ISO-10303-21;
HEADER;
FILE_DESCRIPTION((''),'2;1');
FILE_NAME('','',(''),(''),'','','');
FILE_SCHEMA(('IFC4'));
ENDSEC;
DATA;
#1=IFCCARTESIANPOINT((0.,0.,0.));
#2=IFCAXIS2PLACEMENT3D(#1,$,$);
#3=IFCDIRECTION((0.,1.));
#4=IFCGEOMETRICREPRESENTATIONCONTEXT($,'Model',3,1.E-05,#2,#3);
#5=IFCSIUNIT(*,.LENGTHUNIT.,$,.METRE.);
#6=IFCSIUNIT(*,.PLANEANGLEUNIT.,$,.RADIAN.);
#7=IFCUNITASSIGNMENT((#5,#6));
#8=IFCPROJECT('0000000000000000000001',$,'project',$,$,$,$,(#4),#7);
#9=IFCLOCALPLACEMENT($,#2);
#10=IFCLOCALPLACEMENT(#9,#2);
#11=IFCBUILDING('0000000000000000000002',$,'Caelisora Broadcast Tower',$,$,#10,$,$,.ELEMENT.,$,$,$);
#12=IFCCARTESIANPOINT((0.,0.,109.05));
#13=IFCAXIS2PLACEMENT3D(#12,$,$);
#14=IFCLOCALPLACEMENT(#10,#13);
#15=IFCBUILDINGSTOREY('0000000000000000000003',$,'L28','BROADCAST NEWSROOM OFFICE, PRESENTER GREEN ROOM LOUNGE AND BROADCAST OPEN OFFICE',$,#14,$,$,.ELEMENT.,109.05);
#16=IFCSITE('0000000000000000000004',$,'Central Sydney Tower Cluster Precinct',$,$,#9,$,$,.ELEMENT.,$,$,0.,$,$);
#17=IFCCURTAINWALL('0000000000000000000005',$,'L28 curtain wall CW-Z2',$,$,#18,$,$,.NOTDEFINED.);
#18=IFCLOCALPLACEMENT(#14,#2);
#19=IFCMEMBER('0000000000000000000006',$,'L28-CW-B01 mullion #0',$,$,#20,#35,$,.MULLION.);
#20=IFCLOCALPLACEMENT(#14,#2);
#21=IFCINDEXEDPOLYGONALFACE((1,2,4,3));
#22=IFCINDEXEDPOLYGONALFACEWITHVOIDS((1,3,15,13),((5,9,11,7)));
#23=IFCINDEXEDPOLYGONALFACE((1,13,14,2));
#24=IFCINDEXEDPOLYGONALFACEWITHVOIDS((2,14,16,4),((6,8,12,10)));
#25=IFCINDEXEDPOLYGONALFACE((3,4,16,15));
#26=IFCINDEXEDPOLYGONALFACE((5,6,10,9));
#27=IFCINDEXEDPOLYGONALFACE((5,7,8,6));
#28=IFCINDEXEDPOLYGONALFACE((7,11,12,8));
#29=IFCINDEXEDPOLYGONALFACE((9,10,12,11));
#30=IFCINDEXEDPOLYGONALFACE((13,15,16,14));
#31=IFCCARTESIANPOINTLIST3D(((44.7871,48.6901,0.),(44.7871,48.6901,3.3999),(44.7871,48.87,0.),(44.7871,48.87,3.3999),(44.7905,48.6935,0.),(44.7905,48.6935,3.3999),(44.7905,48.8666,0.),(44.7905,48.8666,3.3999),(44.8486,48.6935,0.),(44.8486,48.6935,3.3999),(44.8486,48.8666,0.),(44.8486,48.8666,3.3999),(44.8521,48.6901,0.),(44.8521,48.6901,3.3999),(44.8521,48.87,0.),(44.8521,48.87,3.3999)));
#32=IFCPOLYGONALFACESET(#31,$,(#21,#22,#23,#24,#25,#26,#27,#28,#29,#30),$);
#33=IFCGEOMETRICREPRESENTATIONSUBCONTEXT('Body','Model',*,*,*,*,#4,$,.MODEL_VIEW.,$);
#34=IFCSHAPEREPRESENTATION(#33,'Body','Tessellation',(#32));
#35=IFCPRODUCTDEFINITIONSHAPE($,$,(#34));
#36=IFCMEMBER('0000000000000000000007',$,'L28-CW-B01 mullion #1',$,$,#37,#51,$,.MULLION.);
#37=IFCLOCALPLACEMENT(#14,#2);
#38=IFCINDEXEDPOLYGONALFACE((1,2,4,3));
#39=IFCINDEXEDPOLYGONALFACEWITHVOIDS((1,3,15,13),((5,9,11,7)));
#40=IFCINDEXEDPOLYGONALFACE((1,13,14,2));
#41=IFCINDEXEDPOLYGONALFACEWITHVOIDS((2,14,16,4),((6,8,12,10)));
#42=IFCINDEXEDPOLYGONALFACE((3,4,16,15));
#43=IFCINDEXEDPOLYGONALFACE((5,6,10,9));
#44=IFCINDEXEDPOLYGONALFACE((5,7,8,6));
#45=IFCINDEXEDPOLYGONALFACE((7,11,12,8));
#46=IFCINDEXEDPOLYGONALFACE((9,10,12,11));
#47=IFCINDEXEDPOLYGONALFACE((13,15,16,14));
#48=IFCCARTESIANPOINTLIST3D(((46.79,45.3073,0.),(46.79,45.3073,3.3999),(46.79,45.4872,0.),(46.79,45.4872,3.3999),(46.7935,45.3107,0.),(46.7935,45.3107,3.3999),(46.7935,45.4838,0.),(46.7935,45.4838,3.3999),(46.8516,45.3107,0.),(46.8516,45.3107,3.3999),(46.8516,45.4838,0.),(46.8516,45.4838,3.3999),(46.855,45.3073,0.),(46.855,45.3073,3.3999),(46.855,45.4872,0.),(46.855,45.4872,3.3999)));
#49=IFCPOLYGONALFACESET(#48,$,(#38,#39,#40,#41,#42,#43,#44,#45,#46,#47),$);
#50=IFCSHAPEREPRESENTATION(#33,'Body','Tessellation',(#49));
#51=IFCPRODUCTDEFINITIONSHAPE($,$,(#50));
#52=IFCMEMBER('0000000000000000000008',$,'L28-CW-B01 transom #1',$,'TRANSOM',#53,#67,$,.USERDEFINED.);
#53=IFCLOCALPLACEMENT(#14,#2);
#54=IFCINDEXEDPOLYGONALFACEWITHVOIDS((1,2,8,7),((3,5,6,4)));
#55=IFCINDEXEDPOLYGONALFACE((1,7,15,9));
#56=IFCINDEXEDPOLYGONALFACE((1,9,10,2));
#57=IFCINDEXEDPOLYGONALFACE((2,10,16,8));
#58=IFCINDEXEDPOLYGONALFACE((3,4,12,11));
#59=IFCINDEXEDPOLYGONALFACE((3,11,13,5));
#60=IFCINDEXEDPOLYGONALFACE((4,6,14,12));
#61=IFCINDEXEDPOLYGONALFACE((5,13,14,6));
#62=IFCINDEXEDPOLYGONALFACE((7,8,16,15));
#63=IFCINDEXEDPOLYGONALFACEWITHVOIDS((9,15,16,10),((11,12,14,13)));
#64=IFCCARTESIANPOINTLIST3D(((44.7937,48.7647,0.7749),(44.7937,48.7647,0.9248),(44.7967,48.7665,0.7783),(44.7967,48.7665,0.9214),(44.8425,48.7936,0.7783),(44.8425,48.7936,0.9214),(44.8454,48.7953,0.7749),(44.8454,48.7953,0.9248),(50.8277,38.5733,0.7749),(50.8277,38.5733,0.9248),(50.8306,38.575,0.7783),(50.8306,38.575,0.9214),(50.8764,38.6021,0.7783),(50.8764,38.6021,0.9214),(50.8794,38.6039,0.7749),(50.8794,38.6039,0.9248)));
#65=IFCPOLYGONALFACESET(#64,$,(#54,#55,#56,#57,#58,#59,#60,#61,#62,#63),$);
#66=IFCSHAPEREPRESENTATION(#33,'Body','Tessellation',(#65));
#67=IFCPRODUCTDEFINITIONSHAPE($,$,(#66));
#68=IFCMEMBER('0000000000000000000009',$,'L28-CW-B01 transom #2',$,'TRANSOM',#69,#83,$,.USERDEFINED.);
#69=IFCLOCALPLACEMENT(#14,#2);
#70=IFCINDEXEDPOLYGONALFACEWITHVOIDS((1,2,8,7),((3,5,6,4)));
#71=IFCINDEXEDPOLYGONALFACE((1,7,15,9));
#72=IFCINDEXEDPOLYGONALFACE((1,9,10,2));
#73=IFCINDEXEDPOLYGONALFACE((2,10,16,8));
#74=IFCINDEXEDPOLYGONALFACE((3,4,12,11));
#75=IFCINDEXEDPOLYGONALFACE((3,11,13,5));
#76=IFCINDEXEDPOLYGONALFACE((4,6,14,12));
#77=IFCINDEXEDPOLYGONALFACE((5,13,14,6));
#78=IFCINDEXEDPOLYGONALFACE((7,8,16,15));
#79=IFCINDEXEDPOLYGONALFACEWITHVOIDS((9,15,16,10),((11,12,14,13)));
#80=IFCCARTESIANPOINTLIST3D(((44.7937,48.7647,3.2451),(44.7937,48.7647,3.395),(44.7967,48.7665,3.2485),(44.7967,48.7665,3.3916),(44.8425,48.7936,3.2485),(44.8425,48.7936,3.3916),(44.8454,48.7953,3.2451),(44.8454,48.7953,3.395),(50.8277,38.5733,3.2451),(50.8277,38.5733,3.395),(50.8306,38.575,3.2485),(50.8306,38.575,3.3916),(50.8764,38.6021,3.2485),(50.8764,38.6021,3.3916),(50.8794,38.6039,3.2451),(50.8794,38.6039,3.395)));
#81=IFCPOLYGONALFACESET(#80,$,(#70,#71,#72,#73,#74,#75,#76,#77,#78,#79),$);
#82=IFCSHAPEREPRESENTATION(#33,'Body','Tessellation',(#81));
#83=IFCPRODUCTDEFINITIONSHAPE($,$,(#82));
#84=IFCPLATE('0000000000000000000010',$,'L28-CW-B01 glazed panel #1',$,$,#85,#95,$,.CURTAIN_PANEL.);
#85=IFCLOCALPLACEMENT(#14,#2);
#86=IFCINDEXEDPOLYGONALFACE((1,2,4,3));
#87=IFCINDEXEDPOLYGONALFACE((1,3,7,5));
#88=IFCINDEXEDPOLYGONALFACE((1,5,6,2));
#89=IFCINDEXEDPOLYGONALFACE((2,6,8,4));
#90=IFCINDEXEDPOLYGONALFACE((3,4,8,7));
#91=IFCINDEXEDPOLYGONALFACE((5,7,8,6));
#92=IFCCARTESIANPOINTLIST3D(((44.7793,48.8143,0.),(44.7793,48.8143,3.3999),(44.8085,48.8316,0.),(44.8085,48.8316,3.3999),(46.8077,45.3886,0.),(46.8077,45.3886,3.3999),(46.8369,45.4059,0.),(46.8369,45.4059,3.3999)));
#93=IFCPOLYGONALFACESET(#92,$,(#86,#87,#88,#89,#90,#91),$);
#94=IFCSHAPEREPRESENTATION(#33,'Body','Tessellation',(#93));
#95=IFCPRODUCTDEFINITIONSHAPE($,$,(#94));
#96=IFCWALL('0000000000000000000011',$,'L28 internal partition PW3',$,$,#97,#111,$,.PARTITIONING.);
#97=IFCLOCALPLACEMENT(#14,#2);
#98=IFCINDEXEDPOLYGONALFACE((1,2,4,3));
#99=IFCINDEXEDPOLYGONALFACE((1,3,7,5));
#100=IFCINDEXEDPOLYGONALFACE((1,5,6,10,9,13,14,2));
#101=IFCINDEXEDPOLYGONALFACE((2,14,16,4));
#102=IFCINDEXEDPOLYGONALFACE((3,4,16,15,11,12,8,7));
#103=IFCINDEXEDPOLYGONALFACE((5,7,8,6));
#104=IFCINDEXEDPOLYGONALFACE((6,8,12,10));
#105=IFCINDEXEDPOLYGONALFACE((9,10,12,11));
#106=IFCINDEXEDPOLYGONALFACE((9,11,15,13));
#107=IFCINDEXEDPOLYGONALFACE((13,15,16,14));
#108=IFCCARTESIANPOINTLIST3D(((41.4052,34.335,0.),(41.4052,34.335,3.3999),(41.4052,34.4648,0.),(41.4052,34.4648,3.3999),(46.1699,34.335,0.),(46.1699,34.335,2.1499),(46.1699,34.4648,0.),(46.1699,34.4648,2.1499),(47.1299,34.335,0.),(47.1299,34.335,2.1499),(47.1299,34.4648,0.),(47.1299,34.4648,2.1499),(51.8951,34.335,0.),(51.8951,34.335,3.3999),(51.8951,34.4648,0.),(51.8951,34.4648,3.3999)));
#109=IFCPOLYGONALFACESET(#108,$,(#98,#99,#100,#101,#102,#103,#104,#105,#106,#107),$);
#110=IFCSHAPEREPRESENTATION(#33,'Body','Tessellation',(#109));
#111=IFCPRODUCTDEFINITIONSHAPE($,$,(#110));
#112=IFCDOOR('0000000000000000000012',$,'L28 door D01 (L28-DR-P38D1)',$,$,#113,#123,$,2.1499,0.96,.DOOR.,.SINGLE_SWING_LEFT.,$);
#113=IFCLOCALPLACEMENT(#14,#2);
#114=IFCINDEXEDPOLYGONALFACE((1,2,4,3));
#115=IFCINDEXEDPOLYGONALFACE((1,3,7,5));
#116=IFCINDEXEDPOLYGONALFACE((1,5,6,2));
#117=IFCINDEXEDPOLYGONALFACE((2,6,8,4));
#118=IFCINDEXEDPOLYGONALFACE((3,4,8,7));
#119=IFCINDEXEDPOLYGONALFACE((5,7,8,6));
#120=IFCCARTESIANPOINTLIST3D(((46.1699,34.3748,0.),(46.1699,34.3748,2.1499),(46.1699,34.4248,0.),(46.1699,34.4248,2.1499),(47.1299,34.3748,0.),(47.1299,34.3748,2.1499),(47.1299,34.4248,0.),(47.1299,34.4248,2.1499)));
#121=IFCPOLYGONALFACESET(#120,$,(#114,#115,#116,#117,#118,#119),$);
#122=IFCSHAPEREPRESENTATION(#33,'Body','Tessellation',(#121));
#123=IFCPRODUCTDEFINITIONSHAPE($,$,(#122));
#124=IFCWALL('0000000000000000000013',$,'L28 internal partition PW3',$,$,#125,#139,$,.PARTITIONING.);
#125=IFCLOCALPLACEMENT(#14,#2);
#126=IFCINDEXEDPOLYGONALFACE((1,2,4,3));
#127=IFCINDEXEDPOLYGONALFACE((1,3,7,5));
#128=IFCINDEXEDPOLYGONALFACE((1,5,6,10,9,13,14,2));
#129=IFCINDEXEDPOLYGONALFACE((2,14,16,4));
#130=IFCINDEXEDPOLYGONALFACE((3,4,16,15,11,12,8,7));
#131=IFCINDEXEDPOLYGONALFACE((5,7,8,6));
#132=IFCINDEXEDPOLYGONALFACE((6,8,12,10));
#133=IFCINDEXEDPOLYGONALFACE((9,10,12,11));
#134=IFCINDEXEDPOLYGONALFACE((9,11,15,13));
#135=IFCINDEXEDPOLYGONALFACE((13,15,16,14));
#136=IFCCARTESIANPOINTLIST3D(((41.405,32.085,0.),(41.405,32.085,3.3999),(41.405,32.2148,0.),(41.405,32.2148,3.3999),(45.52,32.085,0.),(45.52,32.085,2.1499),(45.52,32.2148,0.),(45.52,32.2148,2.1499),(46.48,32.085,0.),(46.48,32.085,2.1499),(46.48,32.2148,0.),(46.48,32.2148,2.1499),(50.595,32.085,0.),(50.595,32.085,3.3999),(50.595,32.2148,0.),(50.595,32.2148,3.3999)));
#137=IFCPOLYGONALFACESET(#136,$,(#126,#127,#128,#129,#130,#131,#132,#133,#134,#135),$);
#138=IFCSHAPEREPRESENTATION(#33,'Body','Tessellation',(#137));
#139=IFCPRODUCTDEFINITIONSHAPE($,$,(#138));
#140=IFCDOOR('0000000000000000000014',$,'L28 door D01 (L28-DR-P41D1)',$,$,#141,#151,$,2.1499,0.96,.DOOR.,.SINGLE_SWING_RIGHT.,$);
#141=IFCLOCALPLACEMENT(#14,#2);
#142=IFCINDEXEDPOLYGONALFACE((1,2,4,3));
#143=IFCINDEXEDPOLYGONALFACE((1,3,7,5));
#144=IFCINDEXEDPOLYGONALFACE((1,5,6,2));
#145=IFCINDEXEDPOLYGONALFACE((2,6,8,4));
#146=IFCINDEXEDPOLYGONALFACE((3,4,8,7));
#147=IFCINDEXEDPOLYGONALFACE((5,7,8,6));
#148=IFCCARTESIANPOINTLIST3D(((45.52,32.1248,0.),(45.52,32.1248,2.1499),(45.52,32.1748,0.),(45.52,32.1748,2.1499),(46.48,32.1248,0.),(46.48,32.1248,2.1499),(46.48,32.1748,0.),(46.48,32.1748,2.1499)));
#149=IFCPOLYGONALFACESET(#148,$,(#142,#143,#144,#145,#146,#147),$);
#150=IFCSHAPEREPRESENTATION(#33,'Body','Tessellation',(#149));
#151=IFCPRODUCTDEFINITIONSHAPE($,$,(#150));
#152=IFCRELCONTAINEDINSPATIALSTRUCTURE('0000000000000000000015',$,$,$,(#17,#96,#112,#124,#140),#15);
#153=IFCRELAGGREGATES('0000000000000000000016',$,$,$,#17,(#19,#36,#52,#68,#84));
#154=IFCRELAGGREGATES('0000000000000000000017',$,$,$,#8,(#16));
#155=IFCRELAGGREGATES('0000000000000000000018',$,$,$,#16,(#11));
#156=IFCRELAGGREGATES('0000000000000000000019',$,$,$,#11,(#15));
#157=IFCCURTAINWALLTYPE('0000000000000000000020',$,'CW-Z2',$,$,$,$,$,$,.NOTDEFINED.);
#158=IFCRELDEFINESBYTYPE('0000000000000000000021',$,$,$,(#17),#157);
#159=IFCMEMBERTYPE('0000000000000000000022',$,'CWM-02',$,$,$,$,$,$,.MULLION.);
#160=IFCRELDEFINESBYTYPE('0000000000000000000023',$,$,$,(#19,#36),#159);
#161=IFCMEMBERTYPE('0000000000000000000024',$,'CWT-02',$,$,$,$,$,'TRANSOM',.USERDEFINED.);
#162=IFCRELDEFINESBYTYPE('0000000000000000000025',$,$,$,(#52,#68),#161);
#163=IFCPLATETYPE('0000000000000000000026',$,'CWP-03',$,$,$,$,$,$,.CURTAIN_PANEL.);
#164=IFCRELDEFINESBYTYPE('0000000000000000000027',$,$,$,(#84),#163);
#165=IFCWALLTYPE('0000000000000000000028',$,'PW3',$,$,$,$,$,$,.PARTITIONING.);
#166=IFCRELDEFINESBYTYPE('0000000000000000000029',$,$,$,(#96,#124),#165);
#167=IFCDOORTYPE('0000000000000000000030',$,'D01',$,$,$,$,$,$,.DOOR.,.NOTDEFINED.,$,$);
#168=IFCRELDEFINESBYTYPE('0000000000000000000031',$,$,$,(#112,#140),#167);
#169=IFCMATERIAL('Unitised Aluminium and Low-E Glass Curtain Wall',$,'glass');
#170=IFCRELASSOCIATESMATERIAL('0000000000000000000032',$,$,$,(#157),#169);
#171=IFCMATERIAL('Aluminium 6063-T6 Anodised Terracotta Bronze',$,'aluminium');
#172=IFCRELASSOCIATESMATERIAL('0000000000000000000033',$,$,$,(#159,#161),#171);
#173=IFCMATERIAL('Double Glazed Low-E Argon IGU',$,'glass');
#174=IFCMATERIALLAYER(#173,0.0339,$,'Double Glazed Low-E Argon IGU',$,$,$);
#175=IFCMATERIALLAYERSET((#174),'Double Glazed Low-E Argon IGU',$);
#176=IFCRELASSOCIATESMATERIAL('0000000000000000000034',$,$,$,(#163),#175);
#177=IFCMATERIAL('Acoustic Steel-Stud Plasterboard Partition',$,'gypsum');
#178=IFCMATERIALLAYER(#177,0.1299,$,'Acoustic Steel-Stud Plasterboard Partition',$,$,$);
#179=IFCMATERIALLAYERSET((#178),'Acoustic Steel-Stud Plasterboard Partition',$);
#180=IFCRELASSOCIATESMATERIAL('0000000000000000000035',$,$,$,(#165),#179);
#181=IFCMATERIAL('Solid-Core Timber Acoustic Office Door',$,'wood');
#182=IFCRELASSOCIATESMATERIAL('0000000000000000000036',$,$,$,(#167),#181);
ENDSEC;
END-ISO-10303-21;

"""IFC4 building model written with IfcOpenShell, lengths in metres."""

from ifc_helpers import new_model, si_unit, direction, frame, frame_2d, origin, origin_2d, place, context, subcontext, project, spatial, rectangle, hollow_rectangle, extrude, source, transform, mapped, material, layer, layer_set, material_profile, profile_set, type_object, type_shapes, element, fill, aggregate, save


model = new_model("IFC4")

# Units and contexts
model_context = context("Model", 3, precision=1e-05, world=origin(), true_north=direction((0.0, 1.0)))
body_context = subcontext(model_context, "Body", "Model", "MODEL_VIEW")
ifc_project = project(units=[si_unit("LENGTHUNIT", "METRE"), si_unit("PLANEANGLEUNIT", "RADIAN")], contexts=[model_context])

# Site, building, storey
site_placement = place(None, origin())
site = spatial("IfcSite", under=ifc_project, at=site_placement, Name="Central Sydney Tower Cluster Precinct", CompositionType="ELEMENT", RefElevation=0.0)
building_placement = place(site_placement, origin())
building = spatial("IfcBuilding", under=site, at=building_placement, Name="Caelisora Broadcast Tower", CompositionType="ELEMENT")
storey_placement = place(building_placement, frame((0.0, 0.0, 109.05)))
storey = spatial("IfcBuildingStorey", under=building, at=storey_placement, Name="L28", Description="BROADCAST NEWSROOM OFFICE, PRESENTER GREEN ROOM LOUNGE AND BROADCAST OPEN OFFICE", CompositionType="ELEMENT", Elevation=109.05)

# Curtain wall, members, plate
ifc_material_1 = material(Name="Unitised Aluminium and Low-E Glass Curtain Wall", Category="glass")
curtain_wall_type = type_object("IfcCurtainWallType", Name="CW-Z2", PredefinedType="NOTDEFINED", material=ifc_material_1)
curtain_wall_placement = place(storey_placement, origin())
curtain_wall = element("IfcCurtainWall", 1, at=curtain_wall_placement, inside=storey, type_object=curtain_wall_type, Name="L28 curtain wall CW-Z2", PredefinedType="NOTDEFINED")
ifc_material_2 = material(Name="Aluminium 6063-T6 Anodised Terracotta Bronze", Category="aluminium")
ifc_material_profile_1 = material_profile(ifc_material_2, hollow_rectangle(XDim=0.0649, YDim=0.1799, WallThickness=0.0034, at=origin_2d()), Name="Aluminium 6063-T6 Anodised Terracotta Bronze")
ifc_profile_set_1 = profile_set([ifc_material_profile_1], Name="Aluminium 6063-T6 Anodised Terracotta Bronze")
member_type_1 = type_object("IfcMemberType", Name="CWM-02", PredefinedType="MULLION", material=ifc_profile_set_1)
shared_shape_1 = source(origin(), body_context, "Body", "SweptSolid", [
    extrude(hollow_rectangle(XDim=0.0649, YDim=0.1799, WallThickness=0.0034, at=origin_2d()), origin(), (0.0, 0.0, 1.0), 3.3999),
])
type_shapes(member_type_1, [shared_shape_1])
member_1_placement = place(storey_placement, frame((44.8196, 48.78, 0.0), z_axis=(0.0, 0.0, 1.0), x_axis=(1.0, 0.0, 0.0)))
member_1 = element("IfcMember", 2, at=member_1_placement, type_object=member_type_1, Name="L28-CW-B01 mullion #0", PredefinedType="MULLION", context=body_context, shape_type="MappedRepresentation", body=[
    mapped(shared_shape_1, transform((0.0, 0.0, 0.0), scale=1.0)),
])
member_2_placement = place(storey_placement, frame((46.8225, 45.3972, 0.0), z_axis=(0.0, 0.0, 1.0), x_axis=(1.0, 0.0, 0.0)))
member_2 = element("IfcMember", 3, at=member_2_placement, type_object=member_type_1, Name="L28-CW-B01 mullion #1", PredefinedType="MULLION", context=body_context, shape_type="MappedRepresentation", body=[
    mapped(shared_shape_1, transform((0.0, 0.0, 0.0), scale=1.0)),
])
ifc_material_profile_2 = material_profile(ifc_material_2, hollow_rectangle(XDim=0.0601, YDim=0.1499, WallThickness=0.0034, at=origin_2d()), Name="Aluminium 6063-T6 Anodised Terracotta Bronze")
ifc_profile_set_2 = profile_set([ifc_material_profile_2], Name="Aluminium 6063-T6 Anodised Terracotta Bronze")
member_type_2 = type_object("IfcMemberType", Name="CWT-02", ElementType="TRANSOM", PredefinedType="USERDEFINED", material=ifc_profile_set_2)
shared_shape_2 = source(origin(), body_context, "Body", "SweptSolid", [
    extrude(hollow_rectangle(XDim=0.0601, YDim=0.1499, WallThickness=0.0034, at=origin_2d()), origin(), (0.0, 0.0, 1.0), 11.8438),
])
type_shapes(member_type_2, [shared_shape_2])
member_3_placement = place(storey_placement, frame((44.8196, 48.78, 0.8499), z_axis=(0.509464, -0.860492, 0.0), x_axis=(0.860492, 0.509464, 0.0)))
member_3 = element("IfcMember", 4, at=member_3_placement, type_object=member_type_2, Name="L28-CW-B01 transom #1", ObjectType="TRANSOM", PredefinedType="USERDEFINED", context=body_context, shape_type="MappedRepresentation", body=[
    mapped(shared_shape_2, transform((0.0, 0.0, 0.0), scale=1.0)),
])
member_4_placement = place(storey_placement, frame((44.8196, 48.78, 3.3201), z_axis=(0.509464, -0.860492, 0.0), x_axis=(0.860492, 0.509464, 0.0)))
member_4 = element("IfcMember", 5, at=member_4_placement, type_object=member_type_2, Name="L28-CW-B01 transom #2", ObjectType="TRANSOM", PredefinedType="USERDEFINED", context=body_context, shape_type="MappedRepresentation", body=[
    mapped(shared_shape_2, transform((0.0, 0.0, 0.0), scale=1.0)),
])
ifc_material_3 = material(Name="Double Glazed Low-E Argon IGU", Category="glass")
ifc_layer_1 = layer(ifc_material_3, 0.0339, Name="Double Glazed Low-E Argon IGU")
ifc_layer_set_1 = layer_set([ifc_layer_1], Name="Double Glazed Low-E Argon IGU")
plate_type = type_object("IfcPlateType", Name="CWP-03", PredefinedType="CURTAIN_PANEL", material=ifc_layer_set_1)
shared_shape_3 = source(origin(), body_context, "Body", "SweptSolid", [
    extrude(rectangle(XDim=3.9812, YDim=0.0339, at=origin_2d()), origin(), (0.0, 0.0, 1.0), 3.3999),
])
type_shapes(plate_type, [shared_shape_3])
plate_placement = place(storey_placement, frame((45.8081, 47.1101, 0.0), z_axis=(0.0, 0.0, 1.0), x_axis=(0.509492, -0.860475, 0.0)))
plate = element("IfcPlate", 6, at=plate_placement, type_object=plate_type, Name="L28-CW-B01 glazed panel #1", PredefinedType="CURTAIN_PANEL", context=body_context, shape_type="MappedRepresentation", body=[
    mapped(shared_shape_3, transform((0.0, 0.0, 0.0), scale=1.0)),
])
aggregate(curtain_wall, [member_1, member_2, member_3, member_4, plate])

# Walls, openings, doors
ifc_material_4 = material(Name="Acoustic Steel-Stud Plasterboard Partition", Category="gypsum")
ifc_layer_2 = layer(ifc_material_4, 0.1299, Name="Acoustic Steel-Stud Plasterboard Partition")
ifc_layer_set_2 = layer_set([ifc_layer_2], Name="Acoustic Steel-Stud Plasterboard Partition")
wall_type = type_object("IfcWallType", Name="PW3", PredefinedType="PARTITIONING", material=ifc_layer_set_2)
wall_1_placement = place(storey_placement, frame((41.405, 34.3999, 0.0), z_axis=(0.0, 0.0, 1.0), x_axis=(1.0, 0.0, 0.0)))
wall_1 = element("IfcWall", 7, at=wall_1_placement, inside=storey, type_object=wall_type, Name="L28 internal partition PW3", PredefinedType="PARTITIONING", context=body_context, shape_type="SweptSolid", body=[
    extrude(rectangle(XDim=10.49, YDim=0.1299, at=frame_2d((5.2451, 0.0))), origin(), (0.0, 0.0, 1.0), 3.3999),
])
opening_1_placement = place(wall_1_placement, frame((4.7649, 0.0, 0.0)))
opening_1 = element("IfcOpeningElement", 8, at=opening_1_placement, cuts=wall_1, PredefinedType="OPENING", context=body_context, shape_type="SweptSolid", body=[
    extrude(rectangle(XDim=0.96, YDim=2.1499, at=frame_2d((0.48, 1.075))), frame((0.0, 0.0769, 0.0), z_axis=(0.0, -1.0, 0.0), x_axis=(1.0, 0.0, 0.0)), (0.0, 0.0, 1.0), 0.1538),
])
ifc_material_5 = material(Name="Solid-Core Timber Acoustic Office Door", Category="wood")
door_type = type_object("IfcDoorType", Name="D01", OperationType="NOTDEFINED", PredefinedType="DOOR", material=ifc_material_5)
door_1_placement = place(opening_1_placement, origin())
door_1 = element("IfcDoor", 9, at=door_1_placement, inside=storey, type_object=door_type, Name="L28 door D01 (L28-DR-P38D1)", OperationType="SINGLE_SWING_LEFT", OverallHeight=2.1499, OverallWidth=0.96, PredefinedType="DOOR", context=body_context, shape_type="SweptSolid", body=[
    extrude(rectangle(XDim=0.96, YDim=2.1499, at=frame_2d((0.48, 1.075))), frame((0.0, 0.0249, 0.0), z_axis=(0.0, -1.0, 0.0), x_axis=(1.0, 0.0, 0.0)), (0.0, 0.0, 1.0), 0.05),
])
fill(opening_1, door_1)
wall_2_placement = place(storey_placement, frame((41.405, 32.1499, 0.0), z_axis=(0.0, 0.0, 1.0), x_axis=(1.0, 0.0, 0.0)))
wall_2 = element("IfcWall", 10, at=wall_2_placement, inside=storey, type_object=wall_type, Name="L28 internal partition PW3", PredefinedType="PARTITIONING", context=body_context, shape_type="SweptSolid", body=[
    extrude(rectangle(XDim=9.1899, YDim=0.1299, at=frame_2d((4.595, 0.0))), origin(), (0.0, 0.0, 1.0), 3.3999),
])
opening_2_placement = place(wall_2_placement, frame((4.115, 0.0, 0.0)))
opening_2 = element("IfcOpeningElement", 11, at=opening_2_placement, cuts=wall_2, PredefinedType="OPENING", context=body_context, shape_type="SweptSolid", body=[
    extrude(rectangle(XDim=0.96, YDim=2.1499, at=frame_2d((0.48, 1.075))), frame((0.0, 0.0769, 0.0), z_axis=(0.0, -1.0, 0.0), x_axis=(1.0, 0.0, 0.0)), (0.0, 0.0, 1.0), 0.1538),
])
door_2_placement = place(opening_2_placement, origin())
door_2 = element("IfcDoor", 12, at=door_2_placement, inside=storey, type_object=door_type, Name="L28 door D01 (L28-DR-P41D1)", OperationType="SINGLE_SWING_RIGHT", OverallHeight=2.1499, OverallWidth=0.96, PredefinedType="DOOR", context=body_context, shape_type="SweptSolid", body=[
    extrude(rectangle(XDim=0.96, YDim=2.1499, at=frame_2d((0.48, 1.075))), frame((0.0, 0.0249, 0.0), z_axis=(0.0, -1.0, 0.0), x_axis=(1.0, 0.0, 0.0)), (0.0, 0.0, 1.0), 0.05),
])
fill(opening_2, door_2)

save(model, "model.ifc")
